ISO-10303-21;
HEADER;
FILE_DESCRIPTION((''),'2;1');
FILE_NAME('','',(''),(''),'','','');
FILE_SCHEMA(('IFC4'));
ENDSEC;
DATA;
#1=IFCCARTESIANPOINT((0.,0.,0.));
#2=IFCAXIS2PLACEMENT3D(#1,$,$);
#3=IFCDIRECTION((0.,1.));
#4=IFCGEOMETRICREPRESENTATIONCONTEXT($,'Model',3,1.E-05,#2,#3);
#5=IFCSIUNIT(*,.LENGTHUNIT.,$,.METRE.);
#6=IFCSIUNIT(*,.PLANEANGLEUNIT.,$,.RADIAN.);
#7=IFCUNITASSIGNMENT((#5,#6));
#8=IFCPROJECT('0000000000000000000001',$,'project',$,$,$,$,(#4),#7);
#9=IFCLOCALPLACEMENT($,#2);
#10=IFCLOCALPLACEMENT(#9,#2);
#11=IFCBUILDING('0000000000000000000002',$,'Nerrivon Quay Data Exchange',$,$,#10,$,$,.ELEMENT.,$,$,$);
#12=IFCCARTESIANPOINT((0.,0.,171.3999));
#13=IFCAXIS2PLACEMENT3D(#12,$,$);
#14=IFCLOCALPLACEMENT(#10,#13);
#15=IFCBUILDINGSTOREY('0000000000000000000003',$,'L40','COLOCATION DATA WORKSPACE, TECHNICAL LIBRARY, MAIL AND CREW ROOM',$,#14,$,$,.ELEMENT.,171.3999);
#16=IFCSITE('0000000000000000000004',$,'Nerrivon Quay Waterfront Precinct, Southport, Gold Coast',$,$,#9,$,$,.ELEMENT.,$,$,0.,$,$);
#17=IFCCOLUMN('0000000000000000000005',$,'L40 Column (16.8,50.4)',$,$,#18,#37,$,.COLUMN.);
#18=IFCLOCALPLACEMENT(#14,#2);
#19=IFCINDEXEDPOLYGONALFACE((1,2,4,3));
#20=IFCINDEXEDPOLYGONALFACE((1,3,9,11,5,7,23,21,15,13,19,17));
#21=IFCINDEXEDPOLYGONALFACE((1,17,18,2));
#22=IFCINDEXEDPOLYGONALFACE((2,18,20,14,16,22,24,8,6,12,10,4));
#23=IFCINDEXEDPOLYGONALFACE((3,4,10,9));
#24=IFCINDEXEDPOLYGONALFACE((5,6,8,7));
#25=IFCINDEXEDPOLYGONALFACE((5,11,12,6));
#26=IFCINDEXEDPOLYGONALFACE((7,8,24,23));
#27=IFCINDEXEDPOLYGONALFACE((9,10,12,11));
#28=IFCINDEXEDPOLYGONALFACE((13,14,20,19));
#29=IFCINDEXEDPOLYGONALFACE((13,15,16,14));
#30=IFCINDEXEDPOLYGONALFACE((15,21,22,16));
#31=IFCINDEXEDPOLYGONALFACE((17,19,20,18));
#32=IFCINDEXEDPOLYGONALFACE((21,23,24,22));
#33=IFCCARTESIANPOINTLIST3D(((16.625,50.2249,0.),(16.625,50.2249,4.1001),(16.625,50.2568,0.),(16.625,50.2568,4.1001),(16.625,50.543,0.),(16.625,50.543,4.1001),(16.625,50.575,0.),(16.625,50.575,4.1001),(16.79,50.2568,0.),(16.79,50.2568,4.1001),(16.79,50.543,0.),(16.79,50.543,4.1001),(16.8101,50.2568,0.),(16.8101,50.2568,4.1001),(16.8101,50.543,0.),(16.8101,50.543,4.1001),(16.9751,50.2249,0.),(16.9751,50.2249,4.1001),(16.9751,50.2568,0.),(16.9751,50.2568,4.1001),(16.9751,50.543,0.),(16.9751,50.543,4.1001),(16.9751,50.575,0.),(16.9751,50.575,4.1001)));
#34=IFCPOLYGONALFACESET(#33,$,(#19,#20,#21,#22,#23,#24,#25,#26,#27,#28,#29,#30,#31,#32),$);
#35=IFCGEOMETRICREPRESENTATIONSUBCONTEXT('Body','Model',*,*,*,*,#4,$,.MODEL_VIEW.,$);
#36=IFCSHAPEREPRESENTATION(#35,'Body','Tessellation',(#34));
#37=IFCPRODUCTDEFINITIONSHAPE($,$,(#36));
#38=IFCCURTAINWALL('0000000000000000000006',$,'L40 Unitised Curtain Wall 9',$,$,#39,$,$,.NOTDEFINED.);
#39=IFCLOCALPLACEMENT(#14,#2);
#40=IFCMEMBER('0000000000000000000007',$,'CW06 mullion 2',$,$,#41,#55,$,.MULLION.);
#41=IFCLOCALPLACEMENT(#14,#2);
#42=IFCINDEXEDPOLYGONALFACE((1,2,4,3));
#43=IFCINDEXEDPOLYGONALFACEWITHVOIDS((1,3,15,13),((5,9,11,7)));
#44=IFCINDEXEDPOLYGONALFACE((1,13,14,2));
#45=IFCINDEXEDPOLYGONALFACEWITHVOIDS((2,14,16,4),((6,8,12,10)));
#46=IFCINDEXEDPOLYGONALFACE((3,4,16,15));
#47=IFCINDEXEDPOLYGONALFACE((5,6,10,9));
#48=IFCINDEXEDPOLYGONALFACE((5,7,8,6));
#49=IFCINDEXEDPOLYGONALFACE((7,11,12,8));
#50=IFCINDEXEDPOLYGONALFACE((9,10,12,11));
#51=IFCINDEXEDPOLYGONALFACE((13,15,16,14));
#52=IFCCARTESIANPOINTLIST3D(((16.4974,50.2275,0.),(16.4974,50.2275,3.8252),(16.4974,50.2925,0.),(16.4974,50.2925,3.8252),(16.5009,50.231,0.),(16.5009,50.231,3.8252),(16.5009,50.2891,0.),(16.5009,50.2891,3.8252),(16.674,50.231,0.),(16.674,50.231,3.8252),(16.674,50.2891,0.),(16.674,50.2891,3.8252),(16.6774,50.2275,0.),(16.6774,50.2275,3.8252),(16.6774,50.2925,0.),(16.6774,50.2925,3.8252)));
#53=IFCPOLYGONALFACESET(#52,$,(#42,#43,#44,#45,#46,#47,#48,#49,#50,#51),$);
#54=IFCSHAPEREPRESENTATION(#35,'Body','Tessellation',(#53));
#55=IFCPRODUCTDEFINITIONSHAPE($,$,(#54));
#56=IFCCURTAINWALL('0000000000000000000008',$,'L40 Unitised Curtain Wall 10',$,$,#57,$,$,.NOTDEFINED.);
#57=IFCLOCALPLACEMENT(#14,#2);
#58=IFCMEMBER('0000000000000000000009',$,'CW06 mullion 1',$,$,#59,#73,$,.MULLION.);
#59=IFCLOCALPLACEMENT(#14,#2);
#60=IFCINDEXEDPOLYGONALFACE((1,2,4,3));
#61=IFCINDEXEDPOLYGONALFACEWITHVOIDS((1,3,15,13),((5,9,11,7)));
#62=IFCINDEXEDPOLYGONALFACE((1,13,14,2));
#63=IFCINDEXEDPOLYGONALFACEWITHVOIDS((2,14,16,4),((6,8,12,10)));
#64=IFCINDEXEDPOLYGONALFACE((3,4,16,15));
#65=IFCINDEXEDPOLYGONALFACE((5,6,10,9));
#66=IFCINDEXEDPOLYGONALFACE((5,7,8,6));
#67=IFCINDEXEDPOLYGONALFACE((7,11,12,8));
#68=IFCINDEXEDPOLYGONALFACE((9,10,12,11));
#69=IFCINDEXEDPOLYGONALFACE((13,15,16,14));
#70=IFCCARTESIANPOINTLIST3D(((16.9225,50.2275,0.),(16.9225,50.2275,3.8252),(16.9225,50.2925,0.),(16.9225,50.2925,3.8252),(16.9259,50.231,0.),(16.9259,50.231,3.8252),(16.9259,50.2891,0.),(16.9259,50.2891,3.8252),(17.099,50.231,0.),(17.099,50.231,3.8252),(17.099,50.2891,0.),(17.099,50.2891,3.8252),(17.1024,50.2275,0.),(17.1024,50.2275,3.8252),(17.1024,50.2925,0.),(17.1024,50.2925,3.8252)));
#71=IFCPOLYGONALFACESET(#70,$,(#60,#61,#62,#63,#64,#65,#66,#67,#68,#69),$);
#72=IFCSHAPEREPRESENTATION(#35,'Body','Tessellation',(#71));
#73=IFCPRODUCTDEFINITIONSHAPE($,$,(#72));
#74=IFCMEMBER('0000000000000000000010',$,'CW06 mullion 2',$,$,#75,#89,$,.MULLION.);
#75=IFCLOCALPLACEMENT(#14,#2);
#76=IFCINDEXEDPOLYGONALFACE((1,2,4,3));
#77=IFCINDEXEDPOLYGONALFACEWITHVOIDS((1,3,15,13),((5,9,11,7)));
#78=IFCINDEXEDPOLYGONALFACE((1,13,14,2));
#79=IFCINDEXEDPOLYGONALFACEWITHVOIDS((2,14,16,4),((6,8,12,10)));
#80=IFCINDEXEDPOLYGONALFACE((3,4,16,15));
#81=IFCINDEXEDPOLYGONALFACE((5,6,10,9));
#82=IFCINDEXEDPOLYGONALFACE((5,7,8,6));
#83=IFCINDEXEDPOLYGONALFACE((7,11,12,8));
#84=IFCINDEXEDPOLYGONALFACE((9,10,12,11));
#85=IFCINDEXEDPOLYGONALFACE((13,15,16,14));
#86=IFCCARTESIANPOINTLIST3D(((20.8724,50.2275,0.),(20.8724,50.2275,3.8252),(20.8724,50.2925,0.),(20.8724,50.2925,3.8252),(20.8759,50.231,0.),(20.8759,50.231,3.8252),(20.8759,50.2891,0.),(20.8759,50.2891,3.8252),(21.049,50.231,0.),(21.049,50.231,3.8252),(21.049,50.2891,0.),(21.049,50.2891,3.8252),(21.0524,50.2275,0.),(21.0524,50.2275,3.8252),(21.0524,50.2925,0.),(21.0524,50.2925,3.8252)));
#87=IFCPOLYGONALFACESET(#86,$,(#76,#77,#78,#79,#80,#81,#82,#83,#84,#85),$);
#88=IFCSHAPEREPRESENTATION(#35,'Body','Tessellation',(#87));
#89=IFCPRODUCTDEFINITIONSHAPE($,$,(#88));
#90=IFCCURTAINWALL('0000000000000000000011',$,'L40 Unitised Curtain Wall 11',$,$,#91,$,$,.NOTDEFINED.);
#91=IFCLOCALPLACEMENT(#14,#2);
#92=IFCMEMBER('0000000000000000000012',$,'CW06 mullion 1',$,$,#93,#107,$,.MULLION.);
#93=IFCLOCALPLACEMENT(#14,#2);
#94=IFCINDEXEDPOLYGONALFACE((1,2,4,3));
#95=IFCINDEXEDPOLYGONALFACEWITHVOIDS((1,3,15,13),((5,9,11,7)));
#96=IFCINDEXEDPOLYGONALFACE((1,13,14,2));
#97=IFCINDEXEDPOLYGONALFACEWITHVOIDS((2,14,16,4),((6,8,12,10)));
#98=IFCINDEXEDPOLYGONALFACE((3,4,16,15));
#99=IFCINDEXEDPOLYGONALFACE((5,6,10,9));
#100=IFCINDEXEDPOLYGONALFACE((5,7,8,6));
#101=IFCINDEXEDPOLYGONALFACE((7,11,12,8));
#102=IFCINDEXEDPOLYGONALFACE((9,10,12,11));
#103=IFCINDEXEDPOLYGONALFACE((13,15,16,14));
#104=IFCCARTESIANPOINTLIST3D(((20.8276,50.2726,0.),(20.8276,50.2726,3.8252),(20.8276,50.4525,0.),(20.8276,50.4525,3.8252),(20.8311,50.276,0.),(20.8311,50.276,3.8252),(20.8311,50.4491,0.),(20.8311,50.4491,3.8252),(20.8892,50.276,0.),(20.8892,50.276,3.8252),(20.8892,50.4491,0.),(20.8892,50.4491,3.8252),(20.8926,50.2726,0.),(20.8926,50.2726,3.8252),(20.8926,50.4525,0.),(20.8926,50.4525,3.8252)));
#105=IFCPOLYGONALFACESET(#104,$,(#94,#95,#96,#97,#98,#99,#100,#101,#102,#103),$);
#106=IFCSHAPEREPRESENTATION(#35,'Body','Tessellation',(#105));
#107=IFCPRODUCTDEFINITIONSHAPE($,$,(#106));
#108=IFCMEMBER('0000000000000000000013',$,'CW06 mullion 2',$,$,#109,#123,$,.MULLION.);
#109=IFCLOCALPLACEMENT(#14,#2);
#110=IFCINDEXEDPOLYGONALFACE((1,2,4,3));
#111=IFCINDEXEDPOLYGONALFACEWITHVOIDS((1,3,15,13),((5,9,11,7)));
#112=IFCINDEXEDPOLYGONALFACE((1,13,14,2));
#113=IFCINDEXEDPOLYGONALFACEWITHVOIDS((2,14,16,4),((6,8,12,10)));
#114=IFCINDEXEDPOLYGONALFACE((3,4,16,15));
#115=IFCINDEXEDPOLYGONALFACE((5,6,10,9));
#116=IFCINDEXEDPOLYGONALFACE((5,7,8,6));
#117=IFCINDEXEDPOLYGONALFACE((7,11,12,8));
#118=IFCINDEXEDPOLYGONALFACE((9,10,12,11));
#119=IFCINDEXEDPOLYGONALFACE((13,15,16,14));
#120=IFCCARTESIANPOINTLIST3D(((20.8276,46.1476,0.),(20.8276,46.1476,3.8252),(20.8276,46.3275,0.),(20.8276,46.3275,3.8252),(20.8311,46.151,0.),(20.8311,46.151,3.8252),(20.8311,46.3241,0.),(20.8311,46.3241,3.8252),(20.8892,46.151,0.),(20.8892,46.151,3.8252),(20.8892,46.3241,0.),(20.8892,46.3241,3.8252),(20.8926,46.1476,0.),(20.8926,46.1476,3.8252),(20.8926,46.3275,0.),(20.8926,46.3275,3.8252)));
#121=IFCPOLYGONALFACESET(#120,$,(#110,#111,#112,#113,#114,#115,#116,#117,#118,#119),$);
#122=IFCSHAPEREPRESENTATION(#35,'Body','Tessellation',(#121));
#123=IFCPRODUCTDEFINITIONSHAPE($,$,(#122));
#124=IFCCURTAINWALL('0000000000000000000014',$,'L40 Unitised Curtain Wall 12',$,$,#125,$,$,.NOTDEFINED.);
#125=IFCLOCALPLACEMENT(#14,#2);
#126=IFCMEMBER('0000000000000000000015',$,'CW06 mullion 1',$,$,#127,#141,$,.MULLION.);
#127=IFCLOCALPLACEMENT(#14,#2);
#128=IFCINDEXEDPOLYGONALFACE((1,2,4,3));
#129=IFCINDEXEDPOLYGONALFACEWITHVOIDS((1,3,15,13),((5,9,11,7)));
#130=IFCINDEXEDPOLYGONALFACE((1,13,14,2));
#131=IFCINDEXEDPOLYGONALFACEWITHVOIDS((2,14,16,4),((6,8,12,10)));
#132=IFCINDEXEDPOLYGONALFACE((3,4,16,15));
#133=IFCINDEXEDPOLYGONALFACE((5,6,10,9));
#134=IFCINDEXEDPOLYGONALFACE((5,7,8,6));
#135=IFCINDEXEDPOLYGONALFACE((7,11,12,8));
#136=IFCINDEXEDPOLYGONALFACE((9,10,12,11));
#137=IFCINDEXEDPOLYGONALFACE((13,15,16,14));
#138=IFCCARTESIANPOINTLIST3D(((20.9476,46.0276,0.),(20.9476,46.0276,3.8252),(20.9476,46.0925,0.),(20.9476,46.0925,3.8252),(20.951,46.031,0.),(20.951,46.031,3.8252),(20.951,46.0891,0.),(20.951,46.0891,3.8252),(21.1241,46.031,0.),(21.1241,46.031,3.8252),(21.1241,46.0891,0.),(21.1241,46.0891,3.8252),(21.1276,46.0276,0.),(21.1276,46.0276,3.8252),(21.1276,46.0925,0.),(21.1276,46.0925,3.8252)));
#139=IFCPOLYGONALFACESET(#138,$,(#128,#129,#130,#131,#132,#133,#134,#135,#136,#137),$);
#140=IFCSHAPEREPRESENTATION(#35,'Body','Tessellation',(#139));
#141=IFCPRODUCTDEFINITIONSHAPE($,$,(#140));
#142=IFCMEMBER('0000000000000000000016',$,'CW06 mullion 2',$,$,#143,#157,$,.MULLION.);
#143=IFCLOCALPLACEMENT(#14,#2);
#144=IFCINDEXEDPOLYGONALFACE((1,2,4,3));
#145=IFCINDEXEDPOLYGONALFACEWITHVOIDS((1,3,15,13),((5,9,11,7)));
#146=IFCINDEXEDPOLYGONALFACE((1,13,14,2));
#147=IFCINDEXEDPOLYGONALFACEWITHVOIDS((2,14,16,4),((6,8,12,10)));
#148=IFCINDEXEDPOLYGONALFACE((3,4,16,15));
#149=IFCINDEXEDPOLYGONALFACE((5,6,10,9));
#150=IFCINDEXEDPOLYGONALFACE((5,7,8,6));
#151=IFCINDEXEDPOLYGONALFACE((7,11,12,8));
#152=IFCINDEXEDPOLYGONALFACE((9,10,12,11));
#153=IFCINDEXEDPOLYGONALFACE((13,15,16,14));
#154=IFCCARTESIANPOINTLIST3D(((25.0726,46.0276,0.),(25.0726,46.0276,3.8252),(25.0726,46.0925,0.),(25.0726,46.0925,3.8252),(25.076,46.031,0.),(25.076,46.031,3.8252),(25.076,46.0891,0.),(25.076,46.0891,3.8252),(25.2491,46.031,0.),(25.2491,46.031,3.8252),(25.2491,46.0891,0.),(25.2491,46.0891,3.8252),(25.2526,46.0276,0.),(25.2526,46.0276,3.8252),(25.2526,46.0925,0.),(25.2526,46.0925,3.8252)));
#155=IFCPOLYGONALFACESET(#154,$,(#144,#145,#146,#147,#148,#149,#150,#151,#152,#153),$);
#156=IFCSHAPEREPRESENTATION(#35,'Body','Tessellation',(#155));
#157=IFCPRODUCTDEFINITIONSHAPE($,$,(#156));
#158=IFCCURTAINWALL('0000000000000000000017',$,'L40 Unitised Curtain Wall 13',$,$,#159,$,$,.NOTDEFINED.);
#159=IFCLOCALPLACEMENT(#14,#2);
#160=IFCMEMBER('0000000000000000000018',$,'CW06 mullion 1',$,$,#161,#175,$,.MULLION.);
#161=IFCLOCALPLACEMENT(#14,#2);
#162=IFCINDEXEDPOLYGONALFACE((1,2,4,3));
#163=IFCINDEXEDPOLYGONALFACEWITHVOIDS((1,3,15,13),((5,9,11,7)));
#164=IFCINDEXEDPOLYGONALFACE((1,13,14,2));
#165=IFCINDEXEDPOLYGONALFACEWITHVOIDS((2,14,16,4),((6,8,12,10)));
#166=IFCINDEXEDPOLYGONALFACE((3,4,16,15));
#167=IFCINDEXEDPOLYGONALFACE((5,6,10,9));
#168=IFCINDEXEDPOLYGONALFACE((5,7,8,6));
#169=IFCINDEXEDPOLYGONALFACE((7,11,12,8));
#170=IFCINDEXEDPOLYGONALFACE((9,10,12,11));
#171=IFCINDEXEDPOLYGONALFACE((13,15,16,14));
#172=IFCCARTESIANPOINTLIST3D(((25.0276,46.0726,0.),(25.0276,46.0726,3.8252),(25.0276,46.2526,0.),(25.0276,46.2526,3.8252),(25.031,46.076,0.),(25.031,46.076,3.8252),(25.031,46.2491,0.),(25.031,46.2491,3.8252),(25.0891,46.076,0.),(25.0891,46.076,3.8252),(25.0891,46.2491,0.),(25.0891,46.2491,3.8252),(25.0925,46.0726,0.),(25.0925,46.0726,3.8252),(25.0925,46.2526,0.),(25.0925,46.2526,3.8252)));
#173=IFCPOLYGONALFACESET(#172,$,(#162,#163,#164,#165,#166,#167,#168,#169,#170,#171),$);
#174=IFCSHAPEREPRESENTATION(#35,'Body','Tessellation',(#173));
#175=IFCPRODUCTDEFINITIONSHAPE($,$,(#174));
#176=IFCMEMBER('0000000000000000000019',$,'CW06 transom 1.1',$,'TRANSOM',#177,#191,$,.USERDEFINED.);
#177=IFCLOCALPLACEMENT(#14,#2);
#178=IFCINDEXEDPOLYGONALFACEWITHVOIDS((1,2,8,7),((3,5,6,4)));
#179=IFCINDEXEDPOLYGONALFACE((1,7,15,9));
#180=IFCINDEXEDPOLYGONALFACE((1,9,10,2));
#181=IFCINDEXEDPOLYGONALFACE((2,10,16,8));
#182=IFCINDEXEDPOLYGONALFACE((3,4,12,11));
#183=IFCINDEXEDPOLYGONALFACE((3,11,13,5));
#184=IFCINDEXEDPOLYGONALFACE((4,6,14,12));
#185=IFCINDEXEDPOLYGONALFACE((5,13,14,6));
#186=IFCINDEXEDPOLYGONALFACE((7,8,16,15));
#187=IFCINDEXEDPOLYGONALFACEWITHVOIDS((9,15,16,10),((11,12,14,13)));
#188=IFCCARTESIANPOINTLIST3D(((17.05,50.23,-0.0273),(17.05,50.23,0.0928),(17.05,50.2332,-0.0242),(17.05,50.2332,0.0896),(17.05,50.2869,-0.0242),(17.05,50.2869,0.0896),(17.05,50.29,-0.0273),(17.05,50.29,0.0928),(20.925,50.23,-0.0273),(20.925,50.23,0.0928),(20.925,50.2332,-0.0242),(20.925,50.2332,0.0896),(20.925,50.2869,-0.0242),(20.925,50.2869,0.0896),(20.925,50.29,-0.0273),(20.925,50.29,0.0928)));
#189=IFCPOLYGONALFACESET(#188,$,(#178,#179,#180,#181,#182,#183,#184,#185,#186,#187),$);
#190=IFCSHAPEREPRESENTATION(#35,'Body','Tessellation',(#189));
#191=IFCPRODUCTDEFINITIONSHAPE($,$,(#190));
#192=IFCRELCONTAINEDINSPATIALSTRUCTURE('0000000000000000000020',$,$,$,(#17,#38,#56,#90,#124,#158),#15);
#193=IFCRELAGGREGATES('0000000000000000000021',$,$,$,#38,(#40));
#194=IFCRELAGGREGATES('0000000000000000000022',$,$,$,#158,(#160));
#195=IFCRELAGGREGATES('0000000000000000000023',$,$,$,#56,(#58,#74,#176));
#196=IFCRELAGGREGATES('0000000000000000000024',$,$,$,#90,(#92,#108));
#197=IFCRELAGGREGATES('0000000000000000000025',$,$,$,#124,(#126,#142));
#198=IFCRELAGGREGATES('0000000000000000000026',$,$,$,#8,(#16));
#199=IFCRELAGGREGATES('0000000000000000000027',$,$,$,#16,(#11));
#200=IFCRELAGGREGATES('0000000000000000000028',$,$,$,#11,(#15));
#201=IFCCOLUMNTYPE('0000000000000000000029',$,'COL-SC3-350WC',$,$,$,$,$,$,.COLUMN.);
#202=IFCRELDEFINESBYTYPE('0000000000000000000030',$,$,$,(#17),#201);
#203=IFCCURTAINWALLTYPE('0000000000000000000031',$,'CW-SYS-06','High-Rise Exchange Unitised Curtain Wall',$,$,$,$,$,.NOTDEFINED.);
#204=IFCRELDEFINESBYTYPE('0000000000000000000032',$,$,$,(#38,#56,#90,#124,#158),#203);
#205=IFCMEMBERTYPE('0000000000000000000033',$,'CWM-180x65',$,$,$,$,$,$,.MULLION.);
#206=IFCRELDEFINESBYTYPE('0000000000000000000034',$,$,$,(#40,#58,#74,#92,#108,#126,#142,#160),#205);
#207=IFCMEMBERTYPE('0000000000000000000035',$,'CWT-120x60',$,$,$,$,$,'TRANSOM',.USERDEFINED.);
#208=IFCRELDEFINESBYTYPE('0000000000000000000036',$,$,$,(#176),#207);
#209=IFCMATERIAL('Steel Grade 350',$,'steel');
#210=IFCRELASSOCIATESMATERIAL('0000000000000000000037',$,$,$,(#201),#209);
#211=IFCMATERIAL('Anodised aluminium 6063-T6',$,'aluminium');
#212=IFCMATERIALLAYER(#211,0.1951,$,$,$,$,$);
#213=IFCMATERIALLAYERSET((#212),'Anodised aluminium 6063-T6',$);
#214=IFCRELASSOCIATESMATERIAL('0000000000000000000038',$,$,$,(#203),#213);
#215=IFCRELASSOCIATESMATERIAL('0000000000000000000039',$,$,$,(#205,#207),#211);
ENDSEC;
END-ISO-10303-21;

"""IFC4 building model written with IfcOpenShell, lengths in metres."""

from ifc_helpers import new_model, si_unit, direction, frame, origin, origin_2d, place, context, subcontext, project, spatial, hollow_rectangle, i_section, extrude, material, layer, layer_set, material_profile, profile_set, type_object, element, aggregate, save


model = new_model("IFC4")

# Units and contexts
model_context = context("Model", 3, precision=1e-05, world=origin(), true_north=direction((0.0, 1.0)))
body_context = subcontext(model_context, "Body", "Model", "MODEL_VIEW")
ifc_project = project(units=[si_unit("LENGTHUNIT", "METRE"), si_unit("PLANEANGLEUNIT", "RADIAN")], contexts=[model_context])

# Site, building, storey
site_placement = place(None, origin())
site = spatial("IfcSite", under=ifc_project, at=site_placement, Name="Nerrivon Quay Waterfront Precinct, Southport, Gold Coast", CompositionType="ELEMENT", RefElevation=0.0)
building_placement = place(site_placement, origin())
building = spatial("IfcBuilding", under=site, at=building_placement, Name="Nerrivon Quay Data Exchange", CompositionType="ELEMENT")
storey_placement = place(building_placement, frame((0.0, 0.0, 171.3999)))
storey = spatial("IfcBuildingStorey", under=building, at=storey_placement, Name="L40", Description="COLOCATION DATA WORKSPACE, TECHNICAL LIBRARY, MAIL AND CREW ROOM", CompositionType="ELEMENT", Elevation=171.3999)

# Column
ifc_material_1 = material(Name="Steel Grade 350", Category="steel")
ifc_material_profile_1 = material_profile(ifc_material_1, i_section(OverallWidth=0.3501, OverallDepth=0.3501, WebThickness=0.02, FlangeThickness=0.032, at=origin_2d()), Name="350WC230")
ifc_profile_set_1 = profile_set([ifc_material_profile_1], Name="Steel Grade 350")
column_type = type_object("IfcColumnType", Name="COL-SC3-350WC", PredefinedType="COLUMN", material=ifc_profile_set_1)
column_placement = place(storey_placement, frame((16.8, 50.3999, 0.0), z_axis=(0.0, 0.0, 1.0), x_axis=(1.0, 0.0, 0.0)))
element("IfcColumn", 1, at=column_placement, inside=storey, type_object=column_type, Name="L40 Column (16.8,50.4)", PredefinedType="COLUMN", context=body_context, shape_type="SweptSolid", body=[
    extrude(i_section(OverallWidth=0.3501, OverallDepth=0.3501, WebThickness=0.02, FlangeThickness=0.032, at=origin_2d()), origin(), (0.0, 0.0, 1.0), 4.1001),
])

# Curtain wall, member
ifc_material_2 = material(Name="Anodised aluminium 6063-T6", Category="aluminium")
ifc_layer_1 = layer(ifc_material_2, 0.1951)
ifc_layer_set_1 = layer_set([ifc_layer_1], Name="Anodised aluminium 6063-T6")
curtain_wall_type = type_object("IfcCurtainWallType", Name="CW-SYS-06", Description="High-Rise Exchange Unitised Curtain Wall", PredefinedType="NOTDEFINED", material=ifc_layer_set_1)
curtain_wall_1_placement = place(storey_placement, origin())
curtain_wall_1 = element("IfcCurtainWall", 2, at=curtain_wall_1_placement, inside=storey, type_object=curtain_wall_type, Name="L40 Unitised Curtain Wall 9", PredefinedType="NOTDEFINED")
ifc_material_profile_2 = material_profile(ifc_material_2, hollow_rectangle(XDim=0.0649, YDim=0.1799, WallThickness=0.0034, at=origin_2d()), Name="ALU-MULL-180x65")
ifc_profile_set_2 = profile_set([ifc_material_profile_2], Name="Anodised aluminium 6063-T6")
member_type_1 = type_object("IfcMemberType", Name="CWM-180x65", PredefinedType="MULLION", material=ifc_profile_set_2)
member_1_placement = place(storey_placement, frame((16.5874, 50.26, 0.0), z_axis=(0.0, 0.0, 1.0), x_axis=(0.0, 1.0, 0.0)))
member_1 = element("IfcMember", 3, at=member_1_placement, type_object=member_type_1, Name="CW06 mullion 2", PredefinedType="MULLION", context=body_context, shape_type="SweptSolid", body=[
    extrude(hollow_rectangle(XDim=0.0649, YDim=0.1799, WallThickness=0.0034, at=origin_2d()), origin(), (0.0, 0.0, 1.0), 3.8252),
])
aggregate(curtain_wall_1, [member_1])

# Curtain walls, members
curtain_wall_2_placement = place(storey_placement, origin())
curtain_wall_2 = element("IfcCurtainWall", 4, at=curtain_wall_2_placement, inside=storey, type_object=curtain_wall_type, Name="L40 Unitised Curtain Wall 10", PredefinedType="NOTDEFINED")
member_2_placement = place(storey_placement, frame((17.0125, 50.26, 0.0), z_axis=(0.0, 0.0, 1.0), x_axis=(0.0, 1.0, 0.0)))
member_2 = element("IfcMember", 5, at=member_2_placement, type_object=member_type_1, Name="CW06 mullion 1", PredefinedType="MULLION", context=body_context, shape_type="SweptSolid", body=[
    extrude(hollow_rectangle(XDim=0.0649, YDim=0.1799, WallThickness=0.0034, at=origin_2d()), origin(), (0.0, 0.0, 1.0), 3.8252),
])
member_3_placement = place(storey_placement, frame((20.9624, 50.26, 0.0), z_axis=(0.0, 0.0, 1.0), x_axis=(0.0, 1.0, 0.0)))
member_3 = element("IfcMember", 6, at=member_3_placement, type_object=member_type_1, Name="CW06 mullion 2", PredefinedType="MULLION", context=body_context, shape_type="SweptSolid", body=[
    extrude(hollow_rectangle(XDim=0.0649, YDim=0.1799, WallThickness=0.0034, at=origin_2d()), origin(), (0.0, 0.0, 1.0), 3.8252),
])
curtain_wall_3_placement = place(storey_placement, origin())
curtain_wall_3 = element("IfcCurtainWall", 7, at=curtain_wall_3_placement, inside=storey, type_object=curtain_wall_type, Name="L40 Unitised Curtain Wall 11", PredefinedType="NOTDEFINED")
member_4_placement = place(storey_placement, frame((20.8601, 50.3625, 0.0), z_axis=(0.0, 0.0, 1.0), x_axis=(1.0, 0.0, 0.0)))
member_4 = element("IfcMember", 8, at=member_4_placement, type_object=member_type_1, Name="CW06 mullion 1", PredefinedType="MULLION", context=body_context, shape_type="SweptSolid", body=[
    extrude(hollow_rectangle(XDim=0.0649, YDim=0.1799, WallThickness=0.0034, at=origin_2d()), origin(), (0.0, 0.0, 1.0), 3.8252),
])
member_5_placement = place(storey_placement, frame((20.8601, 46.2375, 0.0), z_axis=(0.0, 0.0, 1.0), x_axis=(1.0, 0.0, 0.0)))
member_5 = element("IfcMember", 9, at=member_5_placement, type_object=member_type_1, Name="CW06 mullion 2", PredefinedType="MULLION", context=body_context, shape_type="SweptSolid", body=[
    extrude(hollow_rectangle(XDim=0.0649, YDim=0.1799, WallThickness=0.0034, at=origin_2d()), origin(), (0.0, 0.0, 1.0), 3.8252),
])
curtain_wall_4_placement = place(storey_placement, origin())
curtain_wall_4 = element("IfcCurtainWall", 10, at=curtain_wall_4_placement, inside=storey, type_object=curtain_wall_type, Name="L40 Unitised Curtain Wall 12", PredefinedType="NOTDEFINED")
member_6_placement = place(storey_placement, frame((21.0376, 46.0601, 0.0), z_axis=(0.0, 0.0, 1.0), x_axis=(0.0, 1.0, 0.0)))
member_6 = element("IfcMember", 11, at=member_6_placement, type_object=member_type_1, Name="CW06 mullion 1", PredefinedType="MULLION", context=body_context, shape_type="SweptSolid", body=[
    extrude(hollow_rectangle(XDim=0.0649, YDim=0.1799, WallThickness=0.0034, at=origin_2d()), origin(), (0.0, 0.0, 1.0), 3.8252),
])
member_7_placement = place(storey_placement, frame((25.1626, 46.0601, 0.0), z_axis=(0.0, 0.0, 1.0), x_axis=(0.0, 1.0, 0.0)))
member_7 = element("IfcMember", 12, at=member_7_placement, type_object=member_type_1, Name="CW06 mullion 2", PredefinedType="MULLION", context=body_context, shape_type="SweptSolid", body=[
    extrude(hollow_rectangle(XDim=0.0649, YDim=0.1799, WallThickness=0.0034, at=origin_2d()), origin(), (0.0, 0.0, 1.0), 3.8252),
])

# Curtain wall, member
curtain_wall_5_placement = place(storey_placement, origin())
curtain_wall_5 = element("IfcCurtainWall", 13, at=curtain_wall_5_placement, inside=storey, type_object=curtain_wall_type, Name="L40 Unitised Curtain Wall 13", PredefinedType="NOTDEFINED")
member_8_placement = place(storey_placement, frame((25.0601, 46.1626, 0.0), z_axis=(0.0, 0.0, 1.0), x_axis=(1.0, 0.0, 0.0)))
member_8 = element("IfcMember", 14, at=member_8_placement, type_object=member_type_1, Name="CW06 mullion 1", PredefinedType="MULLION", context=body_context, shape_type="SweptSolid", body=[
    extrude(hollow_rectangle(XDim=0.0649, YDim=0.1799, WallThickness=0.0034, at=origin_2d()), origin(), (0.0, 0.0, 1.0), 3.8252),
])

# Member
ifc_material_profile_3 = material_profile(ifc_material_2, hollow_rectangle(XDim=0.0601, YDim=0.1201, WallThickness=0.0032, at=origin_2d()), Name="ALU-TRAN-120x60")
ifc_profile_set_3 = profile_set([ifc_material_profile_3], Name="Anodised aluminium 6063-T6")
member_type_2 = type_object("IfcMemberType", Name="CWT-120x60", ElementType="TRANSOM", PredefinedType="USERDEFINED", material=ifc_profile_set_3)
member_9_placement = place(storey_placement, frame((17.05, 50.26, 0.0327), z_axis=(1.0, 0.0, 0.0), x_axis=(0.0, 1.0, 0.0)))
member_9 = element("IfcMember", 15, at=member_9_placement, type_object=member_type_2, Name="CW06 transom 1.1", ObjectType="TRANSOM", PredefinedType="USERDEFINED", context=body_context, shape_type="SweptSolid", body=[
    extrude(hollow_rectangle(XDim=0.0601, YDim=0.1201, WallThickness=0.0032, at=origin_2d()), origin(), (0.0, 0.0, 1.0), 3.875),
])
aggregate(curtain_wall_5, [member_8])

aggregate(curtain_wall_2, [member_2, member_3, member_9])
aggregate(curtain_wall_3, [member_4, member_5])
aggregate(curtain_wall_4, [member_6, member_7])

save(model, "model.ifc")
